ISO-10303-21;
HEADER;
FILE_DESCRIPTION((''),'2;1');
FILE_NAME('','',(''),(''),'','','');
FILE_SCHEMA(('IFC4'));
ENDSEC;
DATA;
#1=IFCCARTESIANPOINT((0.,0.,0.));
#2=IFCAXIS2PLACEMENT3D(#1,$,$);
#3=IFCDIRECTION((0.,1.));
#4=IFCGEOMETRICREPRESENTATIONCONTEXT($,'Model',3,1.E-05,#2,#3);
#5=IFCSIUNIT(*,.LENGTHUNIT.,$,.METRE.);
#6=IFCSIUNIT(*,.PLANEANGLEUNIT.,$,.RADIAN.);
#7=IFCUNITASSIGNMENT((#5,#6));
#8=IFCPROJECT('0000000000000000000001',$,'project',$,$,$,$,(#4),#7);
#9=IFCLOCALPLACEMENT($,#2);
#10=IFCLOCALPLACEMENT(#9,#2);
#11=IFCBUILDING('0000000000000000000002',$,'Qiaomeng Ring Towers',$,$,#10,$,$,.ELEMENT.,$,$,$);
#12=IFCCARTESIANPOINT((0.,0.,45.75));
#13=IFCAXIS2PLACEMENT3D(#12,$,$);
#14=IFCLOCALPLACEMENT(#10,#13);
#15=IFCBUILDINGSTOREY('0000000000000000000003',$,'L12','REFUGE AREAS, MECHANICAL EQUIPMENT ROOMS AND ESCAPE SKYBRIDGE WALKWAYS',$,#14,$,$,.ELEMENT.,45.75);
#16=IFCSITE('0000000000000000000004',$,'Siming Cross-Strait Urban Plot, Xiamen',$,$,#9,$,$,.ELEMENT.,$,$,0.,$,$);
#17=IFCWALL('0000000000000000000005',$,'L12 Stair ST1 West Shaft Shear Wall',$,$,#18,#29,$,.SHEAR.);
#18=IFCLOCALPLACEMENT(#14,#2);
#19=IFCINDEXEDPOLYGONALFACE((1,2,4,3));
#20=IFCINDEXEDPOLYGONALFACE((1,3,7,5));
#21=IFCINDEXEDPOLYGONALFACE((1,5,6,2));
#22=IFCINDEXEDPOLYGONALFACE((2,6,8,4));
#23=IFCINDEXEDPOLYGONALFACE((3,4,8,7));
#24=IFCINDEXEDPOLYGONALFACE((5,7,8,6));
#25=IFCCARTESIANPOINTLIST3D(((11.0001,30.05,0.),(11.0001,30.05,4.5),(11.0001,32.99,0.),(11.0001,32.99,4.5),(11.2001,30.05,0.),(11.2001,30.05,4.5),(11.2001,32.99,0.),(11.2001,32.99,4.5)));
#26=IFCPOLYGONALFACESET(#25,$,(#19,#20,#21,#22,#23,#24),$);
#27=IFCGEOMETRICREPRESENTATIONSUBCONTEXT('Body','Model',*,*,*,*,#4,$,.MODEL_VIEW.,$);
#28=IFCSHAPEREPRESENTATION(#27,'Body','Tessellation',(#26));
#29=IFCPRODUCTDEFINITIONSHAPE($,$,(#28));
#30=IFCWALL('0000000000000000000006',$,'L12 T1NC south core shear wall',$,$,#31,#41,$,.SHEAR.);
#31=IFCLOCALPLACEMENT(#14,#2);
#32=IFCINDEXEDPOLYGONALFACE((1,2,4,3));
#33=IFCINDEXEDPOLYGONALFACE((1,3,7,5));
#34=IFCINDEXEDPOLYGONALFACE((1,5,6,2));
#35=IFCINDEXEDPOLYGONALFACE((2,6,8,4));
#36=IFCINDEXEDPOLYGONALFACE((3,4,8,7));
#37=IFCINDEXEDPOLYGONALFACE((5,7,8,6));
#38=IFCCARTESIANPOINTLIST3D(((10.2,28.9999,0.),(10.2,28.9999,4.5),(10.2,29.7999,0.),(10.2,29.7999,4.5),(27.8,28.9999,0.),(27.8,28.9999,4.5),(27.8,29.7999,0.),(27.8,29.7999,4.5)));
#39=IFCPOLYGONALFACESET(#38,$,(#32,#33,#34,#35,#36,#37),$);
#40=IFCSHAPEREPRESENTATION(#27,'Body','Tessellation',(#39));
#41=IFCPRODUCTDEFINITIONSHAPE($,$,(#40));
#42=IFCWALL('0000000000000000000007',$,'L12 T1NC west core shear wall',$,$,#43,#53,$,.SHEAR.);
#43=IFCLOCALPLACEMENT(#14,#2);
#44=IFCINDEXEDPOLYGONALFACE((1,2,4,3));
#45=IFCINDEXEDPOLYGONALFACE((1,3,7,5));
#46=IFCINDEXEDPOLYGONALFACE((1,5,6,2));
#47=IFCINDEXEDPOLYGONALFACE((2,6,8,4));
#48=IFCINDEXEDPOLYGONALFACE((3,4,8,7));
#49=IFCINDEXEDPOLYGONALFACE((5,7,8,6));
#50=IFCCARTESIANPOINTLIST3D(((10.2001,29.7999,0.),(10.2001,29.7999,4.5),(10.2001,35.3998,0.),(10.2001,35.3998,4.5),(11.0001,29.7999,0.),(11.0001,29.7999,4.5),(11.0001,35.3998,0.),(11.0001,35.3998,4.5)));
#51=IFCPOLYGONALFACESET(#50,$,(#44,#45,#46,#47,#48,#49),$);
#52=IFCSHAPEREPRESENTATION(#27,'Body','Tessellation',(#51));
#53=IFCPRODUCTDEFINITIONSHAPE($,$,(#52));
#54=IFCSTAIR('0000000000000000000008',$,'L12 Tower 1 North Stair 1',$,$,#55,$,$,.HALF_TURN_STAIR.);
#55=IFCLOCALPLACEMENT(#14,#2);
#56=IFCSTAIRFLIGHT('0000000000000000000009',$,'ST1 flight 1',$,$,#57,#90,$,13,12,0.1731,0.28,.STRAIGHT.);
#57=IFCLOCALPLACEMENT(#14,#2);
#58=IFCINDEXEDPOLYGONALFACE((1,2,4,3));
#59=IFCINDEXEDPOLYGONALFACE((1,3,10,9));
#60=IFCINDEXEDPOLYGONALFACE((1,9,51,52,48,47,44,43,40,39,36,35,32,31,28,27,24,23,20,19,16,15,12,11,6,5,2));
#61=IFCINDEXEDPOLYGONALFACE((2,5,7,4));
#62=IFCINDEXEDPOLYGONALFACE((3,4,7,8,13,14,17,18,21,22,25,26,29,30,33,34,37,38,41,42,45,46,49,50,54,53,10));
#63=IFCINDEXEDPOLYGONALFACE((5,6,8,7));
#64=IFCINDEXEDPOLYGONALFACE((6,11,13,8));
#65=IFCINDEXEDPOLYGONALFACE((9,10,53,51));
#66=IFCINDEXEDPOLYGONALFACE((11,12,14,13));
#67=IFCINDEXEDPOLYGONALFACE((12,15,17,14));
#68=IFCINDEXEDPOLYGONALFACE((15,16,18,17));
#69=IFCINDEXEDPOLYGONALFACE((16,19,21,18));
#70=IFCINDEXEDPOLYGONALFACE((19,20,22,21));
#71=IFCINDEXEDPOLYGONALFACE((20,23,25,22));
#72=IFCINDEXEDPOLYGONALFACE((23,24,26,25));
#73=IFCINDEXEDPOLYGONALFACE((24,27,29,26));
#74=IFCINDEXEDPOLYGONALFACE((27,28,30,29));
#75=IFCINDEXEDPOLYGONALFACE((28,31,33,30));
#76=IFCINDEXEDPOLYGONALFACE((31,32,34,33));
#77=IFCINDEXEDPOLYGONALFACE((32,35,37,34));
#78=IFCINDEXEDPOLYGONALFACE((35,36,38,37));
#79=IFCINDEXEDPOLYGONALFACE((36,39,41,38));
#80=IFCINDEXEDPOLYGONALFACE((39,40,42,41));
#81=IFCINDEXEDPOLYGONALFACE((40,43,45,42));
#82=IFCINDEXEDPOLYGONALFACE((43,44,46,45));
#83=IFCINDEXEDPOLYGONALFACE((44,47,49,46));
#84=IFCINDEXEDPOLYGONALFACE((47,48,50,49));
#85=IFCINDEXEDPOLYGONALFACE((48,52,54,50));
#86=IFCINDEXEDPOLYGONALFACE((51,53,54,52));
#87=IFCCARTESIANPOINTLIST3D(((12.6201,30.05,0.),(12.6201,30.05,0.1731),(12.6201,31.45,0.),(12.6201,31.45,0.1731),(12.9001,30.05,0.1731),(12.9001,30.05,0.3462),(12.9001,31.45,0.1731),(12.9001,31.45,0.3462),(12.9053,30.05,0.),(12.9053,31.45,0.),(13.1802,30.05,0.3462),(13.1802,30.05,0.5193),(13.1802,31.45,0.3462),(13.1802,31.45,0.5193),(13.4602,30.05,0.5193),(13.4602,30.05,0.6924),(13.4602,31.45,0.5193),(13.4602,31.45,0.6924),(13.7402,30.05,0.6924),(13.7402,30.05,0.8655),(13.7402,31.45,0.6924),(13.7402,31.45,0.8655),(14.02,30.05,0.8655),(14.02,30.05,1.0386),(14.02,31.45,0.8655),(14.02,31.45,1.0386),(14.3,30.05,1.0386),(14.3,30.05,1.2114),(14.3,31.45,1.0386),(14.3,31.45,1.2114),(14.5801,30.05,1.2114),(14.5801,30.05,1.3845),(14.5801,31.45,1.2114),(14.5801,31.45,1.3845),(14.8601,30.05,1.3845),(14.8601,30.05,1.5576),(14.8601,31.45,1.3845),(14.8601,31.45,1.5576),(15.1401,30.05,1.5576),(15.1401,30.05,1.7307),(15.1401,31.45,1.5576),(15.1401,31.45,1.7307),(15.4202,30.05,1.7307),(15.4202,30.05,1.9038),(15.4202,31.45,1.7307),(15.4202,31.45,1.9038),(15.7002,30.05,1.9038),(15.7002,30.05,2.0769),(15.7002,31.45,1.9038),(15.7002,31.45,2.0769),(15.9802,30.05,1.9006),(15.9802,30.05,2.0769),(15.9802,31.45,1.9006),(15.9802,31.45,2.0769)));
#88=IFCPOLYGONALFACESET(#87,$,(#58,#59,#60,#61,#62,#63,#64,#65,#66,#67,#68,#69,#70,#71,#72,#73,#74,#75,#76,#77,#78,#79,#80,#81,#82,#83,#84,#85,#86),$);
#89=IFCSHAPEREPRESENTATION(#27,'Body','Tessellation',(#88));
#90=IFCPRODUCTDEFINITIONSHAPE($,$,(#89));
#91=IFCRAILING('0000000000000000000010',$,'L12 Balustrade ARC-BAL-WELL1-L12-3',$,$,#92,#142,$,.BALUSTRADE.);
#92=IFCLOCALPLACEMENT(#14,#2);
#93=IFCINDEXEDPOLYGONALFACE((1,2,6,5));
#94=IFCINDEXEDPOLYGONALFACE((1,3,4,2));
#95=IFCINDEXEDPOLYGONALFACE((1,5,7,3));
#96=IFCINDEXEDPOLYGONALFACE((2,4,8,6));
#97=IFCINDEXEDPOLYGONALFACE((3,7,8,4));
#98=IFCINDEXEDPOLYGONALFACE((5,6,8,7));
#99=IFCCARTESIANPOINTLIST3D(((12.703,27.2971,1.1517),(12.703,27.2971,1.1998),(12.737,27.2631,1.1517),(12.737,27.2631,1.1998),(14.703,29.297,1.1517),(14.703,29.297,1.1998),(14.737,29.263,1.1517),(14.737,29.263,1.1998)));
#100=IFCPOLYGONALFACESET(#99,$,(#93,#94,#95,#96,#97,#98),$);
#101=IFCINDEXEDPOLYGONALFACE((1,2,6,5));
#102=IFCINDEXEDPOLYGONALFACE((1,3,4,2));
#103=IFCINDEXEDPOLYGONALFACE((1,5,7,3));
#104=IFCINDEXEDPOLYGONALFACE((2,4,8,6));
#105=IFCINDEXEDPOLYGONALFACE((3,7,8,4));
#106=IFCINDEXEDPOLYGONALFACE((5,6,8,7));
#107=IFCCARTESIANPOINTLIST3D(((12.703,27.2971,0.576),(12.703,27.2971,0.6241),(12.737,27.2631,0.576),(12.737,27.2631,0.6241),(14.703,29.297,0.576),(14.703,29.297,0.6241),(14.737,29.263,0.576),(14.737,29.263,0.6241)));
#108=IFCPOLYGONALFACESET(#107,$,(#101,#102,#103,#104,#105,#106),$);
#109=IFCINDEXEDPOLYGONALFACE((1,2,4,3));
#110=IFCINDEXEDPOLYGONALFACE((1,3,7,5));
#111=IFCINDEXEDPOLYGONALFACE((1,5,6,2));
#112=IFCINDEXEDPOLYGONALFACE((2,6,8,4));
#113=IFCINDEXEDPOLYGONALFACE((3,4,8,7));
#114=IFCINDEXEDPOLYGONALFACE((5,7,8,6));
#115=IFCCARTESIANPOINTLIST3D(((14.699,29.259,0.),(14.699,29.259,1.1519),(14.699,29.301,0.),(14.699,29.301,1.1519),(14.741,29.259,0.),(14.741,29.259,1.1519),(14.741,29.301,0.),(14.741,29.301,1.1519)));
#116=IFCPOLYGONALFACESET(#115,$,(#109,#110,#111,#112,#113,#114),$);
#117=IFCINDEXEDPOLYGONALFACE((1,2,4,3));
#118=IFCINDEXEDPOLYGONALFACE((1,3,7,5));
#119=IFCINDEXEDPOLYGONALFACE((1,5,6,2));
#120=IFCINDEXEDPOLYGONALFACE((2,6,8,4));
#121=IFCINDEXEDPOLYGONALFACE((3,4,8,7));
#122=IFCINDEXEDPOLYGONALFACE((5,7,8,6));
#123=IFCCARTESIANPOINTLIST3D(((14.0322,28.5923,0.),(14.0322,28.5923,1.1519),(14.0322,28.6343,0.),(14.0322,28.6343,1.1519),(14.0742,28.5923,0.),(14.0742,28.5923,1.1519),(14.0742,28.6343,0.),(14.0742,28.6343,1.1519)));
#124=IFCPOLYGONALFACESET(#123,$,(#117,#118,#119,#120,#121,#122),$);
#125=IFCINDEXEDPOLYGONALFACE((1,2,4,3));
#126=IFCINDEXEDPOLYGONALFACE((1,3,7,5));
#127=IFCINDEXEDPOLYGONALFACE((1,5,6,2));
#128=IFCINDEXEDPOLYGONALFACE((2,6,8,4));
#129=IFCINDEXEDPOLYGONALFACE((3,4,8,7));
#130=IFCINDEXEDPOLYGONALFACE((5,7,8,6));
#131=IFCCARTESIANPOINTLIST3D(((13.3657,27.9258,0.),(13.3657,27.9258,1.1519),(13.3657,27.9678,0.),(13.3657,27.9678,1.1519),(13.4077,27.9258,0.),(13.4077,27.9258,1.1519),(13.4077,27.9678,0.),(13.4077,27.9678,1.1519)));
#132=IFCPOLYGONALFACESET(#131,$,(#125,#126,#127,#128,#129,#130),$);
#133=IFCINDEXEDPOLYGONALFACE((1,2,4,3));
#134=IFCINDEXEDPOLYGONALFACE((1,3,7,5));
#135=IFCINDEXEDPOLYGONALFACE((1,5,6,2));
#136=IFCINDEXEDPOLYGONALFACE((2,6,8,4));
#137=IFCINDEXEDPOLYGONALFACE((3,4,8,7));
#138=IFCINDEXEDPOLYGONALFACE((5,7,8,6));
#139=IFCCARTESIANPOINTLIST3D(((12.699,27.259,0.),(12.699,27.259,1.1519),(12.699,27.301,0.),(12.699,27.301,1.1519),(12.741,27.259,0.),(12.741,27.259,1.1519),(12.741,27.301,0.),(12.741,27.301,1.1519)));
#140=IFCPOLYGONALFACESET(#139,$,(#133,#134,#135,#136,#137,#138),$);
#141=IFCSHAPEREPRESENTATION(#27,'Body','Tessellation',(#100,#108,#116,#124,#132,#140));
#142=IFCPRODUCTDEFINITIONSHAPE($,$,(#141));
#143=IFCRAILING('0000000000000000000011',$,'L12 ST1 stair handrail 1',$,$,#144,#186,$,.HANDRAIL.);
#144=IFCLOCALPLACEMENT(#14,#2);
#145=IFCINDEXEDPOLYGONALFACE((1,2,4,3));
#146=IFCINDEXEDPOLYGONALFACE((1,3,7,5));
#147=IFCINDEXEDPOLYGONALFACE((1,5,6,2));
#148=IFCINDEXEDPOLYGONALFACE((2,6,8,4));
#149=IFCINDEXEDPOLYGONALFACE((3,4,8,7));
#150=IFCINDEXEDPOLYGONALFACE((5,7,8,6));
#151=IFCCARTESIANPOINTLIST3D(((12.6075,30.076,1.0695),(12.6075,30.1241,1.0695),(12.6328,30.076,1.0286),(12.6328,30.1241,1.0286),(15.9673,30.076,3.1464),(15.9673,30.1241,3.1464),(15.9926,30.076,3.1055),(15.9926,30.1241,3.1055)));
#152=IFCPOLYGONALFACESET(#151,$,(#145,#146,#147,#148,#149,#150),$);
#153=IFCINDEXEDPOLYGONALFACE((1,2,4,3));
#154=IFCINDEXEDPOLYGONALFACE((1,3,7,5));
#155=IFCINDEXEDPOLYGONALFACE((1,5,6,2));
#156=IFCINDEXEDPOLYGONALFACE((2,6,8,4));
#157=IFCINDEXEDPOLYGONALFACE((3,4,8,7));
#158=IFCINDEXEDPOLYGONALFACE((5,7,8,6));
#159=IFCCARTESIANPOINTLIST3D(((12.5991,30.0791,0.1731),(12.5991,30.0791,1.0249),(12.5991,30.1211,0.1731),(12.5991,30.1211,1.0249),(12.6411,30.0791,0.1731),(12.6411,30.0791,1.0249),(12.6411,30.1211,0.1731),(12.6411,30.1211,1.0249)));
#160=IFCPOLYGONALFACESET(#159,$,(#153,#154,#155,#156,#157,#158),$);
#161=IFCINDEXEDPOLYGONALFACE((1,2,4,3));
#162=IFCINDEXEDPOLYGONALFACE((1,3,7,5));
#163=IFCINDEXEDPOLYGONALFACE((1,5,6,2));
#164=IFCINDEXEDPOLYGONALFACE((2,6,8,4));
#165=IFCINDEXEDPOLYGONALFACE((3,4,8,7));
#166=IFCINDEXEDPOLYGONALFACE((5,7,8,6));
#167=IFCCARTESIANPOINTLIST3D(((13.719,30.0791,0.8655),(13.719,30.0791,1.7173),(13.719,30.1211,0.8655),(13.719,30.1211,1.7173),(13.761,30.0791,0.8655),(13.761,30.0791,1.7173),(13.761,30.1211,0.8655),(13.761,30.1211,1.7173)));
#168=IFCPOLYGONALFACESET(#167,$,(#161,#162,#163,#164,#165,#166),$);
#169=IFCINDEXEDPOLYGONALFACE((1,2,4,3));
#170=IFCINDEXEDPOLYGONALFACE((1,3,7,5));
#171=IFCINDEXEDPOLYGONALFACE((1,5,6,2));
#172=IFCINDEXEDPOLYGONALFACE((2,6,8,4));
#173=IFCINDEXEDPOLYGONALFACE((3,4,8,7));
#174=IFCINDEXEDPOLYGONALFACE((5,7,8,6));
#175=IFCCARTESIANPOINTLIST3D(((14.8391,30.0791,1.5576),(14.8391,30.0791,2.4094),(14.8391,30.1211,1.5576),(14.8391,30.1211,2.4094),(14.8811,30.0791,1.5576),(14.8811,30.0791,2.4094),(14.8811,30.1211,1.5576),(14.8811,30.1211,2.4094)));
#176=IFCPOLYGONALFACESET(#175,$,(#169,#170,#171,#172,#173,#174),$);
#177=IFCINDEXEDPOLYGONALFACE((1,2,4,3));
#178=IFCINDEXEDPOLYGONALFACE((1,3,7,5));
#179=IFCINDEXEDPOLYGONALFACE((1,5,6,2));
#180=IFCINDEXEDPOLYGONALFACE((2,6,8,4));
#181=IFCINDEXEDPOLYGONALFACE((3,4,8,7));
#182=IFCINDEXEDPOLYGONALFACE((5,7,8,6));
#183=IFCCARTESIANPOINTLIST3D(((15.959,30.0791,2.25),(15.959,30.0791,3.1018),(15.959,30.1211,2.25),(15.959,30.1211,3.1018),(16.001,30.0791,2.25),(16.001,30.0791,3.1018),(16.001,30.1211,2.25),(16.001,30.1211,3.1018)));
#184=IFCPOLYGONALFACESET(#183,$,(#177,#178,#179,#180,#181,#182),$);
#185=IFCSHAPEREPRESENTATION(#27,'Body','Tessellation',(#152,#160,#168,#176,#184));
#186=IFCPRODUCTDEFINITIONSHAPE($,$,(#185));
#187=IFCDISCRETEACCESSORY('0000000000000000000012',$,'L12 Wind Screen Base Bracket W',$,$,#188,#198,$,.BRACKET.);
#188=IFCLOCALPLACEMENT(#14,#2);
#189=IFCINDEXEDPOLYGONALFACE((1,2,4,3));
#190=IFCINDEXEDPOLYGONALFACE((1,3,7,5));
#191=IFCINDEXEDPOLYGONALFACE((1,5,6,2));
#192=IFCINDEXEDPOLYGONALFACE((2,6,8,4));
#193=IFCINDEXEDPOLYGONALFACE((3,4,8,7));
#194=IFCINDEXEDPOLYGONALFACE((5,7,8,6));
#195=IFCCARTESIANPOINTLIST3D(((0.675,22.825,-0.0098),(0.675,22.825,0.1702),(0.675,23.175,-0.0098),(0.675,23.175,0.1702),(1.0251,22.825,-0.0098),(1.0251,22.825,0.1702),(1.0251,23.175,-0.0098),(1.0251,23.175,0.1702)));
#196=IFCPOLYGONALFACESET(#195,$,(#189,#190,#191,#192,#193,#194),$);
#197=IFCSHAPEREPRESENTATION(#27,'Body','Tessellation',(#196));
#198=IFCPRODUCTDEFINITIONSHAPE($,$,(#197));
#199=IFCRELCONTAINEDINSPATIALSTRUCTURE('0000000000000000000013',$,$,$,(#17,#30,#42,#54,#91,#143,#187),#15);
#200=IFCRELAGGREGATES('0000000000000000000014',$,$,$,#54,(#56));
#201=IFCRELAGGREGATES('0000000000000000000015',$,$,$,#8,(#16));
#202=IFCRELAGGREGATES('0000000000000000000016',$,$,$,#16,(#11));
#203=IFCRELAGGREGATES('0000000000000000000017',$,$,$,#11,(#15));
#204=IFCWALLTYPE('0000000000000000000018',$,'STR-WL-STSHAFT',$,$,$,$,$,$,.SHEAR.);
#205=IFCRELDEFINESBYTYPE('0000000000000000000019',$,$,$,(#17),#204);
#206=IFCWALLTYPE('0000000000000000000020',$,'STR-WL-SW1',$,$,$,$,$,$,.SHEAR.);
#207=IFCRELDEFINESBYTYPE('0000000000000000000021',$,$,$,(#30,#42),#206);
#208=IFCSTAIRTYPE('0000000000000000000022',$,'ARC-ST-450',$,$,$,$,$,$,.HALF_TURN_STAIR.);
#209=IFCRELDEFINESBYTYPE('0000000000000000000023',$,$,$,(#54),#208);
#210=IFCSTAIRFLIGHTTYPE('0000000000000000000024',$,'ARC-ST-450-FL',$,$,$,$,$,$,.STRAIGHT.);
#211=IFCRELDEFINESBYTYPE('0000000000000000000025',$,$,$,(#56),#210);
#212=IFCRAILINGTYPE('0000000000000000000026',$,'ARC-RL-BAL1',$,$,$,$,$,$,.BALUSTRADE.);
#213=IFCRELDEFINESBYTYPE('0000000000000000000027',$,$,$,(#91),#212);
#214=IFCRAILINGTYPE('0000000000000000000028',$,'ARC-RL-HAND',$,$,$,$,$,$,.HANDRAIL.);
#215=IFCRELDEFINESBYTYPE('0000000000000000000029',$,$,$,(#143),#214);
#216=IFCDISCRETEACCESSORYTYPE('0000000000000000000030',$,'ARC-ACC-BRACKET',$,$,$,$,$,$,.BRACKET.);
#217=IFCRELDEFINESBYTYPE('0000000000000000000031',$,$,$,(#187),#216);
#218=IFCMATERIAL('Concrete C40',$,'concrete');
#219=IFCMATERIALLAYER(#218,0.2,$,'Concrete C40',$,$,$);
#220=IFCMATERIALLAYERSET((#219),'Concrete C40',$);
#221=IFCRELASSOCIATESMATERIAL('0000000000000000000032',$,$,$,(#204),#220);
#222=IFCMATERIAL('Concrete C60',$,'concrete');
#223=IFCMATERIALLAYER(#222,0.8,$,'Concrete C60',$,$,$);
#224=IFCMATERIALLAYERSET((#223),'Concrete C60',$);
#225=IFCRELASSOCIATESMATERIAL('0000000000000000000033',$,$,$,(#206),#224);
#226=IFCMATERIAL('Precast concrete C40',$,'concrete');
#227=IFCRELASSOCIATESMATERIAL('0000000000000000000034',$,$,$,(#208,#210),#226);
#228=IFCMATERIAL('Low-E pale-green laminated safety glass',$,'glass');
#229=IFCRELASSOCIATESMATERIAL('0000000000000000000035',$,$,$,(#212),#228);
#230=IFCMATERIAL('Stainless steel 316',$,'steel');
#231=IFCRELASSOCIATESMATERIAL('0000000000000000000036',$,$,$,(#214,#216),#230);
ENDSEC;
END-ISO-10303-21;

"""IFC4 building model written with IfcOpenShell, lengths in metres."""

from ifc_helpers import new_model, si_unit, direction, frame, frame_2d, origin, origin_2d, place, context, subcontext, project, spatial, polyline, rectangle, outline, extrude, source, transform, mapped, material, layer, layer_set, type_object, element, aggregate, save


model = new_model("IFC4")

# Units and contexts
model_context = context("Model", 3, precision=1e-05, world=origin(), true_north=direction((0.0, 1.0)))
body_context = subcontext(model_context, "Body", "Model", "MODEL_VIEW")
ifc_project = project(units=[si_unit("LENGTHUNIT", "METRE"), si_unit("PLANEANGLEUNIT", "RADIAN")], contexts=[model_context])

# Site, building, storey
site_placement = place(None, origin())
site = spatial("IfcSite", under=ifc_project, at=site_placement, Name="Siming Cross-Strait Urban Plot, Xiamen", CompositionType="ELEMENT", RefElevation=0.0)
building_placement = place(site_placement, origin())
building = spatial("IfcBuilding", under=site, at=building_placement, Name="Qiaomeng Ring Towers", CompositionType="ELEMENT")
storey_placement = place(building_placement, frame((0.0, 0.0, 45.75)))
storey = spatial("IfcBuildingStorey", under=building, at=storey_placement, Name="L12", Description="REFUGE AREAS, MECHANICAL EQUIPMENT ROOMS AND ESCAPE SKYBRIDGE WALKWAYS", CompositionType="ELEMENT", Elevation=45.75)

# Shared definitions
ifc_material_1 = material(Name="Concrete C60", Category="concrete")

# Shared definitions
ifc_material_2 = material(Name="Stainless steel 316", Category="steel")

# Walls
ifc_material_3 = material(Name="Concrete C40", Category="concrete")
ifc_layer_1 = layer(ifc_material_3, 0.2, Name="Concrete C40")
ifc_layer_set_1 = layer_set([ifc_layer_1], Name="Concrete C40")
wall_type_1 = type_object("IfcWallType", Name="STR-WL-STSHAFT", PredefinedType="SHEAR", material=ifc_layer_set_1)
wall_1_placement = place(storey_placement, frame((11.1001, 30.05, 0.0), z_axis=(0.0, 0.0, 1.0), x_axis=(0.0, 1.0, 0.0)))
element("IfcWall", 1, at=wall_1_placement, inside=storey, type_object=wall_type_1, Name="L12 Stair ST1 West Shaft Shear Wall", PredefinedType="SHEAR", context=body_context, shape_type="SweptSolid", body=[
    extrude(rectangle(XDim=2.9399, YDim=0.2, at=frame_2d((1.47, 0.0))), origin(), (0.0, 0.0, 1.0), 4.5),
])
ifc_layer_2 = layer(ifc_material_1, 0.8, Name="Concrete C60")
ifc_layer_set_2 = layer_set([ifc_layer_2], Name="Concrete C60")
wall_type_2 = type_object("IfcWallType", Name="STR-WL-SW1", PredefinedType="SHEAR", material=ifc_layer_set_2)
wall_2_placement = place(storey_placement, frame((10.2, 29.3999, 0.0), z_axis=(0.0, 0.0, 1.0), x_axis=(1.0, 0.0, 0.0)))
element("IfcWall", 2, at=wall_2_placement, inside=storey, type_object=wall_type_2, Name="L12 T1NC south core shear wall", PredefinedType="SHEAR", context=body_context, shape_type="SweptSolid", body=[
    extrude(rectangle(XDim=17.6001, YDim=0.8, at=frame_2d((8.8, 0.0))), origin(), (0.0, 0.0, 1.0), 4.5),
])
wall_3_placement = place(storey_placement, frame((10.6001, 29.8, 0.0), z_axis=(0.0, 0.0, 1.0), x_axis=(0.0, 1.0, 0.0)))
element("IfcWall", 3, at=wall_3_placement, inside=storey, type_object=wall_type_2, Name="L12 T1NC west core shear wall", PredefinedType="SHEAR", context=body_context, shape_type="SweptSolid", body=[
    extrude(rectangle(XDim=5.5999, YDim=0.8, at=frame_2d((2.7998, 0.0))), origin(), (0.0, 0.0, 1.0), 4.5),
])

# Stair, stair flight
ifc_material_4 = material(Name="Precast concrete C40", Category="concrete")
stair_type = type_object("IfcStairType", Name="ARC-ST-450", PredefinedType="HALF_TURN_STAIR", material=ifc_material_4)
stair_placement = place(storey_placement, origin())
stair = element("IfcStair", 4, at=stair_placement, inside=storey, type_object=stair_type, Name="L12 Tower 1 North Stair 1", PredefinedType="HALF_TURN_STAIR")
stair_flight_type = type_object("IfcStairFlightType", Name="ARC-ST-450-FL", PredefinedType="STRAIGHT", material=ifc_material_4)
shared_shape_1 = source(origin(), body_context, "Body", "SweptSolid", [
    extrude(outline(polyline([(0.0, 0.0), (0.0, 0.1731), (0.28, 0.1731), (0.28, 0.3462), (0.5601, 0.3462), (0.5601, 0.5193), (0.8401, 0.5193), (0.8401, 0.6924), (1.1201, 0.6924), (1.1201, 0.8655), (1.3999, 0.8655), (1.3999, 1.0386), (1.6799, 1.0386), (1.6799, 1.2114), (1.96, 1.2114), (1.96, 1.3845), (2.24, 1.3845), (2.24, 1.5576), (2.52, 1.5576), (2.52, 1.7307), (2.8, 1.7307), (2.8, 1.9038), (3.0801, 1.9038), (3.0801, 2.0769), (3.3601, 2.0769), (3.3601, 2.25), (3.3601, 1.9006), (0.2852, 0.0), (0.0, 0.0)])), frame((0.0, 0.7, 0.0), z_axis=(0.0, -1.0, 0.0), x_axis=(1.0, 0.0, 0.0)), (0.0, 0.0, 1.0), 1.3999),
])
stair_flight_placement = place(storey_placement, frame((12.6201, 30.75, 0.0), z_axis=(0.0, 0.0, 1.0), x_axis=(1.0, 0.0, 0.0)))
stair_flight = element("IfcStairFlight", 5, at=stair_flight_placement, type_object=stair_flight_type, Name="ST1 flight 1", NumberOfRisers=13, NumberOfTreads=12, PredefinedType="STRAIGHT", RiserHeight=0.1731, TreadLength=0.28, context=body_context, shape_type="MappedRepresentation", body=[
    mapped(shared_shape_1, transform((0.0, 0.0, 0.0), x_axis=(1.0, 0.0, 0.0), y_axis=(0.0, 1.0, 0.0), z_axis=(0.0, 0.0, 1.0), scale=1.0)),
])
aggregate(stair, [stair_flight])

# Railings
ifc_material_5 = material(Name="Low-E pale-green laminated safety glass", Category="glass")
railing_type_1 = type_object("IfcRailingType", Name="ARC-RL-BAL1", PredefinedType="BALUSTRADE", material=ifc_material_5)
railing_1_placement = place(storey_placement, frame((14.72, 29.28, 0.0)))
element("IfcRailing", 6, at=railing_1_placement, inside=storey, type_object=railing_type_1, Name="L12 Balustrade ARC-BAL-WELL1-L12-3", PredefinedType="BALUSTRADE", context=body_context, shape_type="SweptSolid", body=[
    extrude(rectangle(XDim=0.0481, YDim=0.0481, at=origin_2d()), frame((0.0, 0.0, 1.1758), z_axis=(-0.707107, -0.707107, 0.0), x_axis=(0.707107, -0.707107, 0.0)), (0.0, 0.0, 1.0), 2.8284),
    extrude(rectangle(XDim=0.0481, YDim=0.0481, at=origin_2d()), frame((0.0, 0.0, 0.6001), z_axis=(-0.707107, -0.707107, 0.0), x_axis=(0.707107, -0.707107, 0.0)), (0.0, 0.0, 1.0), 2.8284),
    extrude(rectangle(XDim=0.042, YDim=0.042, at=origin_2d()), origin(), (0.0, 0.0, 1.0), 1.1519),
    extrude(rectangle(XDim=0.042, YDim=0.042, at=origin_2d()), frame((-0.6667, -0.6667, 0.0)), (0.0, 0.0, 1.0), 1.1519),
    extrude(rectangle(XDim=0.042, YDim=0.042, at=origin_2d()), frame((-1.3333, -1.3333, 0.0)), (0.0, 0.0, 1.0), 1.1519),
    extrude(rectangle(XDim=0.042, YDim=0.042, at=origin_2d()), frame((-2.0, -2.0, 0.0)), (0.0, 0.0, 1.0), 1.1519),
])
railing_type_2 = type_object("IfcRailingType", Name="ARC-RL-HAND", PredefinedType="HANDRAIL", material=ifc_material_2)
railing_2_placement = place(storey_placement, frame((12.6201, 30.1001, 0.1731)))
element("IfcRailing", 7, at=railing_2_placement, inside=storey, type_object=railing_type_2, Name="L12 ST1 stair handrail 1", PredefinedType="HANDRAIL", context=body_context, shape_type="SweptSolid", body=[
    extrude(rectangle(XDim=0.0481, YDim=0.0481, at=origin_2d()), frame((0.0, 0.0, 0.876), z_axis=(0.850606, 0.0, 0.525803), x_axis=(0.0, 1.0, 0.0)), (0.0, 0.0, 1.0), 3.95),
    extrude(rectangle(XDim=0.042, YDim=0.042, at=origin_2d()), origin(), (0.0, 0.0, 1.0), 0.8518),
    extrude(rectangle(XDim=0.042, YDim=0.042, at=origin_2d()), frame((1.1199, 0.0, 0.6924)), (0.0, 0.0, 1.0), 0.8518),
    extrude(rectangle(XDim=0.042, YDim=0.042, at=origin_2d()), frame((2.24, 0.0, 1.3845)), (0.0, 0.0, 1.0), 0.8518),
    extrude(rectangle(XDim=0.042, YDim=0.042, at=origin_2d()), frame((3.3599, 0.0, 2.0769)), (0.0, 0.0, 1.0), 0.8518),
])

# Discrete accessory
discrete_accessory_type = type_object("IfcDiscreteAccessoryType", Name="ARC-ACC-BRACKET", PredefinedType="BRACKET", material=ifc_material_2)
shared_shape_2 = source(origin(), body_context, "Body", "SweptSolid", [
    extrude(rectangle(XDim=0.3501, YDim=0.3501, at=origin_2d()), origin(), (0.0, 0.0, 1.0), 0.1799),
])
discrete_accessory_placement = place(storey_placement, frame((0.8501, 23.0, -0.0098), z_axis=(0.0, 0.0, 1.0), x_axis=(0.0, -1.0, 0.0)))
element("IfcDiscreteAccessory", 8, at=discrete_accessory_placement, inside=storey, type_object=discrete_accessory_type, Name="L12 Wind Screen Base Bracket W", PredefinedType="BRACKET", context=body_context, shape_type="MappedRepresentation", body=[
    mapped(shared_shape_2, transform((0.0, 0.0, 0.0), x_axis=(1.0, 0.0, 0.0), y_axis=(0.0, 1.0, 0.0), z_axis=(0.0, 0.0, 1.0), scale=1.0)),
])

save(model, "model.ifc")
